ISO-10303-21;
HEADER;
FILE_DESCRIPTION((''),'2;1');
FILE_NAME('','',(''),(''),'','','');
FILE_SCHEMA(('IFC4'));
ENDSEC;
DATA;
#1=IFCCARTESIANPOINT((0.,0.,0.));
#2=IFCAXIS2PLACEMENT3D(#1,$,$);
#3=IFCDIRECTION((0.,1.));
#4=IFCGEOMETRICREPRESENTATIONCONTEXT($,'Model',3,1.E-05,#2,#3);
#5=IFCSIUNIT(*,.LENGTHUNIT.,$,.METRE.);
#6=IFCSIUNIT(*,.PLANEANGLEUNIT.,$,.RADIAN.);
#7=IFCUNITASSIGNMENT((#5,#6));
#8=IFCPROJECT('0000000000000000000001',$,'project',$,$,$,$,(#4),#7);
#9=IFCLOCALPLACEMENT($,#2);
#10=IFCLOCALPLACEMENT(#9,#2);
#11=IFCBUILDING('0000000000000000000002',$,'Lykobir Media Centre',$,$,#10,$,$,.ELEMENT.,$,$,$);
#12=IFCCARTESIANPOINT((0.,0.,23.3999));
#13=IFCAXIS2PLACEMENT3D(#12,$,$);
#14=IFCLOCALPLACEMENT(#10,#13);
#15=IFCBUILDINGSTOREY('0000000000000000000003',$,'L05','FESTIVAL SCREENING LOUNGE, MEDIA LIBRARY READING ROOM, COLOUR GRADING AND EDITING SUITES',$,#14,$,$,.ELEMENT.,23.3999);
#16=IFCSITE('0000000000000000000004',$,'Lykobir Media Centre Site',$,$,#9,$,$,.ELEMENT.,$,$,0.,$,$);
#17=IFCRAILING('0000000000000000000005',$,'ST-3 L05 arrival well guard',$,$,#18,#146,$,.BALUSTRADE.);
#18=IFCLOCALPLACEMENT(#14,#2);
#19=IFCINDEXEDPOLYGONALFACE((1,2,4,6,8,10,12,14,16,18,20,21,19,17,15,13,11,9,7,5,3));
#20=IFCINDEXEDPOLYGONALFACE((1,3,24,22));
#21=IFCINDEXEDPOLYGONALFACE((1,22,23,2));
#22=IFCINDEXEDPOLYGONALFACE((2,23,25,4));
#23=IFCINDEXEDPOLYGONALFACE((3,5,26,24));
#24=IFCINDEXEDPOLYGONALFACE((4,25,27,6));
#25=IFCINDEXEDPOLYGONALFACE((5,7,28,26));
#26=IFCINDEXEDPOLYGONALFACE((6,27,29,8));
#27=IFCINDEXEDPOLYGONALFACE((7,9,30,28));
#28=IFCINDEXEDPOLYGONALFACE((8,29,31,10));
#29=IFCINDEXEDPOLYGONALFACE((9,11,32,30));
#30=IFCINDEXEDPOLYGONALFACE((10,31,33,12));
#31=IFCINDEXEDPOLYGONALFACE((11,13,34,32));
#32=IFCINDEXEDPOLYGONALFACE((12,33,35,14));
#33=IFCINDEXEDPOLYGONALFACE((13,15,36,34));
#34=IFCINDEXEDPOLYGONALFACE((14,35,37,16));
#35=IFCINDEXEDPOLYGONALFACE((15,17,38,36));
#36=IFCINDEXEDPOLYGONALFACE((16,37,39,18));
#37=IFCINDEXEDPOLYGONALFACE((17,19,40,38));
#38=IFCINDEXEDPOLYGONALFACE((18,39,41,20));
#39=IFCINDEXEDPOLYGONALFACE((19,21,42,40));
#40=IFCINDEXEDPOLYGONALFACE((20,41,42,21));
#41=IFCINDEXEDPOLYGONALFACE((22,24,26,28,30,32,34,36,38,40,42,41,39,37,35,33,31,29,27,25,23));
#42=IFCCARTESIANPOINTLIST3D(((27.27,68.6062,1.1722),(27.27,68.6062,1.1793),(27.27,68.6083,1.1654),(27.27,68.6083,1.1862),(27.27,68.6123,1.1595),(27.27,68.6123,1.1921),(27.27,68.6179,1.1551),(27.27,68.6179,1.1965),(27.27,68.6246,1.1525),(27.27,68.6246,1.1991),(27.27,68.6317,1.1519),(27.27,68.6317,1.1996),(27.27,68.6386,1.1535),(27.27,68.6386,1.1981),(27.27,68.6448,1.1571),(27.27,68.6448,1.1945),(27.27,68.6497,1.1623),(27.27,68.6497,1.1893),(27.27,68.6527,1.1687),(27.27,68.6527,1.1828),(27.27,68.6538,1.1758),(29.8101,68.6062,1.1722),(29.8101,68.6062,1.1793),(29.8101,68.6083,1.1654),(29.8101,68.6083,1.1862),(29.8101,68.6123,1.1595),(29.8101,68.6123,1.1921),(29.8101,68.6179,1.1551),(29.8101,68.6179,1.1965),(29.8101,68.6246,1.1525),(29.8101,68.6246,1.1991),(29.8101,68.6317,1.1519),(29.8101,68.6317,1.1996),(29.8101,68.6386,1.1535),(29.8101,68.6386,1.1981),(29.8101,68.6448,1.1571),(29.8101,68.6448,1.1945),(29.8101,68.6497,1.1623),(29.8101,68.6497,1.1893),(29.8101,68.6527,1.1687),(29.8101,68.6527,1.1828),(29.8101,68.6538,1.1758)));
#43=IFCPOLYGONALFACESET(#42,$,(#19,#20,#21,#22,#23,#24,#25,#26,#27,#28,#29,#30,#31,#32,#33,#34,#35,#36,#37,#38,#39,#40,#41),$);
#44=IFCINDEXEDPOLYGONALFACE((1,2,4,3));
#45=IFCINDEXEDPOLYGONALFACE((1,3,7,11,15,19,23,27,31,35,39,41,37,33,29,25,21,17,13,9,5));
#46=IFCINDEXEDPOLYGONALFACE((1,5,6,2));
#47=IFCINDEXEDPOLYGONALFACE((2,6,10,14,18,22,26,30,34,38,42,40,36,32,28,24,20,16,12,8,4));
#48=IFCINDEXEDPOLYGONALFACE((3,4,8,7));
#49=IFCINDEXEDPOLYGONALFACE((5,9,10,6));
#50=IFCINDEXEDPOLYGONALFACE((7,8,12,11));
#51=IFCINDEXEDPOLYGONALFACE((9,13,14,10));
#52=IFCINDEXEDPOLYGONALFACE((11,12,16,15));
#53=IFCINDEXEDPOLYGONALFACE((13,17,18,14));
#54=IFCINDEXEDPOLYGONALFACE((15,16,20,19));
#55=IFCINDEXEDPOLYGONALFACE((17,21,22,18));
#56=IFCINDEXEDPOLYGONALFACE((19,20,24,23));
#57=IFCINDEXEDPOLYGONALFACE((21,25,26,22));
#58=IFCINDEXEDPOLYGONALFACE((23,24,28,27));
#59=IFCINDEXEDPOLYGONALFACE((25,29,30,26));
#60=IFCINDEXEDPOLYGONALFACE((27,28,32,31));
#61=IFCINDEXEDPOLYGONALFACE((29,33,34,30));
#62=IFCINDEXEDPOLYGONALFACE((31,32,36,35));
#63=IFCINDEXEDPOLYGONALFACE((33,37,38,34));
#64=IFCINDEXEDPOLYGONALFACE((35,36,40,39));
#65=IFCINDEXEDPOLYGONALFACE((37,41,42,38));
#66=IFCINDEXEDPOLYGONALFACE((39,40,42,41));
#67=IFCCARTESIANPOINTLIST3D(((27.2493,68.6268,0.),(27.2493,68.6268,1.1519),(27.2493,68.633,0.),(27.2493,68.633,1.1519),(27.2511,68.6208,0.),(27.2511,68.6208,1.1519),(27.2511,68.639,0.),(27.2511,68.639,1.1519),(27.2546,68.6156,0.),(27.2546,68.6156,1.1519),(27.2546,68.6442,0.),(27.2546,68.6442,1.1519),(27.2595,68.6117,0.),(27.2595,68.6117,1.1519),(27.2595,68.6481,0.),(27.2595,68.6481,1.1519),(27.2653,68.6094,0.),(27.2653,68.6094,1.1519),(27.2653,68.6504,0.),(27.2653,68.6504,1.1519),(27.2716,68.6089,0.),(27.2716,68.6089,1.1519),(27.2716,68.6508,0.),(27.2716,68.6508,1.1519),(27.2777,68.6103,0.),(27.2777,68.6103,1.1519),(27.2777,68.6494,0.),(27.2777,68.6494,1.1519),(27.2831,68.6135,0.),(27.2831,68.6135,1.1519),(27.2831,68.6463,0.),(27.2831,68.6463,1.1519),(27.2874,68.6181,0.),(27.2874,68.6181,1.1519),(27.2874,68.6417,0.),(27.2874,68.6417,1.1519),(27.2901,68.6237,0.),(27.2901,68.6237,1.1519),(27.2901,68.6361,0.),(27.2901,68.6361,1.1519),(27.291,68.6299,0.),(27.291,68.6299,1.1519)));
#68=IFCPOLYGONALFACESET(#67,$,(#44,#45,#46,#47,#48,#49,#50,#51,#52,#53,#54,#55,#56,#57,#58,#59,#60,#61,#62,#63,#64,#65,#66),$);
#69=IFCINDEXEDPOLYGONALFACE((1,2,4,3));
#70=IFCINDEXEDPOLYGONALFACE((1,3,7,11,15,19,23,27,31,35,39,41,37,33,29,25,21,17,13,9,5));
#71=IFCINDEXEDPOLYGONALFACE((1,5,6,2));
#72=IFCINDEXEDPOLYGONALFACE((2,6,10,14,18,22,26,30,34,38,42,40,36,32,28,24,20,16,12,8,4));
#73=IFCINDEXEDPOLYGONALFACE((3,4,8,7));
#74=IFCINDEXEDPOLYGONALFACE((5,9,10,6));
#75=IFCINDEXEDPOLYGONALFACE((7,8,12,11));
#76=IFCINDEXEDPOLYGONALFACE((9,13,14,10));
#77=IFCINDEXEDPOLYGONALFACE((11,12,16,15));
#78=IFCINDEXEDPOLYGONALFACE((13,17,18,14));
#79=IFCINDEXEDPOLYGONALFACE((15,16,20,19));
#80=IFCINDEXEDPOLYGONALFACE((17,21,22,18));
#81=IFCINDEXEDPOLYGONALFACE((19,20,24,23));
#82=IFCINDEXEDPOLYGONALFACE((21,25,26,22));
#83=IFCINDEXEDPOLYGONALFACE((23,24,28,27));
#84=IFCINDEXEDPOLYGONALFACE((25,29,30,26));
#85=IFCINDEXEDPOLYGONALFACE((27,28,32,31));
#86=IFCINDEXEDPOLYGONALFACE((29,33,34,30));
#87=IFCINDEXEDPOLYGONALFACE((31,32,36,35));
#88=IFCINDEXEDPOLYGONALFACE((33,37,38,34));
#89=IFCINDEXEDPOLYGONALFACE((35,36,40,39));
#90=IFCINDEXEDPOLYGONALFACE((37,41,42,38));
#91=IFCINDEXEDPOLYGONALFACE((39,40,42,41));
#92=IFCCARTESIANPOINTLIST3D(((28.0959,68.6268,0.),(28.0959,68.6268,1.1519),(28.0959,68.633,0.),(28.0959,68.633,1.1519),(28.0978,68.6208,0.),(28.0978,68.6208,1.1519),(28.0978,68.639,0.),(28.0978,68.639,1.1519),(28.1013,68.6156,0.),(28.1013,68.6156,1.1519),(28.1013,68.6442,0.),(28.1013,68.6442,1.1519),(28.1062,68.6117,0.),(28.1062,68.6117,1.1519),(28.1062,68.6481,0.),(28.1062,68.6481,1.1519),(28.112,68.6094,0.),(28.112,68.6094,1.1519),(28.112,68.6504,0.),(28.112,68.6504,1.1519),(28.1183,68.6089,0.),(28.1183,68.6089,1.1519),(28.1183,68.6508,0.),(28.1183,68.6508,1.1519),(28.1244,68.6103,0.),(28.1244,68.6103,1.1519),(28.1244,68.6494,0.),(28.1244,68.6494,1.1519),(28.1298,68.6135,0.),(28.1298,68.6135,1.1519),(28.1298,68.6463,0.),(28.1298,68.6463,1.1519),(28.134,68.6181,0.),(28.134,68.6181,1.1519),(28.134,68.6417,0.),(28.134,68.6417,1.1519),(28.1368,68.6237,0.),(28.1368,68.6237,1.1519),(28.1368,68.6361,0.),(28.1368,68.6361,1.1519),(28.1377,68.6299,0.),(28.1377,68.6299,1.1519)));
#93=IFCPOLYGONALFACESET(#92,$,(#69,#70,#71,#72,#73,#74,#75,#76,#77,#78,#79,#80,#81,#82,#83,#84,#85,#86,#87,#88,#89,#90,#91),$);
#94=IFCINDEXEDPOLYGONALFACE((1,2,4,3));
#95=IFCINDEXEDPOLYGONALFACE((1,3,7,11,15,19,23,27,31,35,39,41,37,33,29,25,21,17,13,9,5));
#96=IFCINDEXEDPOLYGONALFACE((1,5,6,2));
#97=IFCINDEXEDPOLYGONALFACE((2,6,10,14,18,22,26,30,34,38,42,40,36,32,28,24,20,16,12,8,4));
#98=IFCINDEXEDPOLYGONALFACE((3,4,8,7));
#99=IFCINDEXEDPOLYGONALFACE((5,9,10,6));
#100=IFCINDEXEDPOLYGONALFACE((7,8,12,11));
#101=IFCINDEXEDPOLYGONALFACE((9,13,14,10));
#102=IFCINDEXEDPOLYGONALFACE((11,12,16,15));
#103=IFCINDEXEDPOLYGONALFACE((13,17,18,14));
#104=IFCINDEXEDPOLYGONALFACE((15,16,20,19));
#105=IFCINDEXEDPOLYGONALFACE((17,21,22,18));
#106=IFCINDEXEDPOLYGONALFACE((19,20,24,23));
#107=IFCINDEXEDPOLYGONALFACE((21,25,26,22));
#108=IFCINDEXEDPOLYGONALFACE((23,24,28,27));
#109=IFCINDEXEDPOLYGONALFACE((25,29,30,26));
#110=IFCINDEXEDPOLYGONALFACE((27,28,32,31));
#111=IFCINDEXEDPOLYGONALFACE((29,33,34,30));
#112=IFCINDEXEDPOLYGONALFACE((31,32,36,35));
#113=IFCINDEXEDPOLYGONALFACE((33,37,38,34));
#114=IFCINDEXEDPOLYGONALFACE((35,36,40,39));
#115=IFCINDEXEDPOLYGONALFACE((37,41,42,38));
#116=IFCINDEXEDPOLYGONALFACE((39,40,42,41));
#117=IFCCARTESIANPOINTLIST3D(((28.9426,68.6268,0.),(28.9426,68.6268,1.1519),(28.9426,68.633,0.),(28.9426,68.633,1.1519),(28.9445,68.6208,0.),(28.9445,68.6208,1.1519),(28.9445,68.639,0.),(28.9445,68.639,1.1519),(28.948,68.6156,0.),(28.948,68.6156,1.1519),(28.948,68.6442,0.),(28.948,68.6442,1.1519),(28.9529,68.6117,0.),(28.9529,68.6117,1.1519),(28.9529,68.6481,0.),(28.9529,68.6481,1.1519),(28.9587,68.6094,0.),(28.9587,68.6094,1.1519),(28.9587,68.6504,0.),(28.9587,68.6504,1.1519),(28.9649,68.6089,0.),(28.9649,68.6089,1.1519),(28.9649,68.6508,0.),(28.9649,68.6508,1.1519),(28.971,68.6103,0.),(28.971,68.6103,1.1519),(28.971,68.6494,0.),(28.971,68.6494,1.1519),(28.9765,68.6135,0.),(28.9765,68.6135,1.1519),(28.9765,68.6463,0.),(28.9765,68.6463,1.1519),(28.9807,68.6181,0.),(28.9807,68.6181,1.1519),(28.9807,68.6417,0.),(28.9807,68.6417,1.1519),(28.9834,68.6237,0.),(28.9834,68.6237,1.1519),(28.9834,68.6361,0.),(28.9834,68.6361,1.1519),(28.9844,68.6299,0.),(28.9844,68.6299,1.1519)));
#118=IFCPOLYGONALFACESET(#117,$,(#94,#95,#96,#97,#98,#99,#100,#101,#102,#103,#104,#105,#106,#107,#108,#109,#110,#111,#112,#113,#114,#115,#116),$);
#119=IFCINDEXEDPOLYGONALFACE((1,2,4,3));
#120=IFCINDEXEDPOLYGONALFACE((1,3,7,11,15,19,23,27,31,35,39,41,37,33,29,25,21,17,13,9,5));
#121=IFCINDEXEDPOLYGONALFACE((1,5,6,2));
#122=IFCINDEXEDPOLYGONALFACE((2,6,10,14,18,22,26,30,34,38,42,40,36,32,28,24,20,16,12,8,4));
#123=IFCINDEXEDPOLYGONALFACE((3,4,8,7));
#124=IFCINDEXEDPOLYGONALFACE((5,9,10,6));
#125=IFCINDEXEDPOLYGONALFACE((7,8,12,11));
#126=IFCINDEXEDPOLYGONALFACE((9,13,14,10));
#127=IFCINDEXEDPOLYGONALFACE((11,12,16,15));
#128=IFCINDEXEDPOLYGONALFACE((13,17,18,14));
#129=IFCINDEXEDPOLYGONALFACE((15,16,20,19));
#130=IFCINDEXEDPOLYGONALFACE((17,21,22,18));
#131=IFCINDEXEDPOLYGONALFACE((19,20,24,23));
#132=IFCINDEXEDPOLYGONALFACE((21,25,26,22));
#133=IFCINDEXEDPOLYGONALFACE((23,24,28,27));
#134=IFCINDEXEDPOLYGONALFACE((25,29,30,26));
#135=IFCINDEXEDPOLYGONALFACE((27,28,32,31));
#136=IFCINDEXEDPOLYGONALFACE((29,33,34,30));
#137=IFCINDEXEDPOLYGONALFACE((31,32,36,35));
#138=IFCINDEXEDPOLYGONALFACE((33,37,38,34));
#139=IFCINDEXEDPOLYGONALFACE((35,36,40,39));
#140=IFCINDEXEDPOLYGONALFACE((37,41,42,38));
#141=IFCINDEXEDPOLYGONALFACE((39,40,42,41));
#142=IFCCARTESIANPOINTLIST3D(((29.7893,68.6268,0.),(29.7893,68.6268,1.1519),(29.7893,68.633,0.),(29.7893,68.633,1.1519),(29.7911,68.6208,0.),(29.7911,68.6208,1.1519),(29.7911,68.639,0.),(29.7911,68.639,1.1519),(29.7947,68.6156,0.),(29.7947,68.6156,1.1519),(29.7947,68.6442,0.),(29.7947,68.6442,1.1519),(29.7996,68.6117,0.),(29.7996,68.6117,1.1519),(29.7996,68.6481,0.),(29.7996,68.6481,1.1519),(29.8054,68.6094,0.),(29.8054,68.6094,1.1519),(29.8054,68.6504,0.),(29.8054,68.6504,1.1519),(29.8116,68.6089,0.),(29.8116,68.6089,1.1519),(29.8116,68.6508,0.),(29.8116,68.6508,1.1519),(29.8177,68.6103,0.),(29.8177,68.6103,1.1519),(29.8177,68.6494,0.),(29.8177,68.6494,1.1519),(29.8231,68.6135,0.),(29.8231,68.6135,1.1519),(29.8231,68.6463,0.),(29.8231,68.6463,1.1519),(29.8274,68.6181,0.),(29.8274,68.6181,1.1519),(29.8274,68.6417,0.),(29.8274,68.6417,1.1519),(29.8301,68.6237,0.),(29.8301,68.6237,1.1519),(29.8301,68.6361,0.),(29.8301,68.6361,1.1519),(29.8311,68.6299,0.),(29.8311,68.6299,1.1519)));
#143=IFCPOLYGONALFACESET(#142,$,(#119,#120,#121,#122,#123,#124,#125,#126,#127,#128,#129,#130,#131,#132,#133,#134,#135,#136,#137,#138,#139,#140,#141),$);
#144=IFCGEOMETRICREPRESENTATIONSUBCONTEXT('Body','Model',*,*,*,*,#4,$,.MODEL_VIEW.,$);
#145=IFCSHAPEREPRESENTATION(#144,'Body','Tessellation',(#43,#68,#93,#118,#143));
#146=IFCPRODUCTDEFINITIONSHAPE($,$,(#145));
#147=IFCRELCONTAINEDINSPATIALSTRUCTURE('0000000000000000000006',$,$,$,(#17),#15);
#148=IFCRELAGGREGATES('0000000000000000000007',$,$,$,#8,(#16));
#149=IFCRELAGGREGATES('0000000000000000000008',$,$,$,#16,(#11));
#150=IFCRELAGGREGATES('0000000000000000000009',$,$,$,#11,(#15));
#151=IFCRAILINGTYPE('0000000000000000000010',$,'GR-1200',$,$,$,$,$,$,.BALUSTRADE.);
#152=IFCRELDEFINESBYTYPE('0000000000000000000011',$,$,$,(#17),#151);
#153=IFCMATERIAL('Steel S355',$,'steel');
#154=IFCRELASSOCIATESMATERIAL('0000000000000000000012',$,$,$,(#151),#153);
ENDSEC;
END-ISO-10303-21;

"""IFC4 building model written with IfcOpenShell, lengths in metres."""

from ifc_helpers import new_model, si_unit, direction, frame, origin, origin_2d, place, context, subcontext, project, spatial, circle, extrude, material, type_object, element, save


model = new_model("IFC4")

# Units and contexts
model_context = context("Model", 3, precision=1e-05, world=origin(), true_north=direction((0.0, 1.0)))
body_context = subcontext(model_context, "Body", "Model", "MODEL_VIEW")
ifc_project = project(units=[si_unit("LENGTHUNIT", "METRE"), si_unit("PLANEANGLEUNIT", "RADIAN")], contexts=[model_context])

# Site, building, storey
site_placement = place(None, origin())
site = spatial("IfcSite", under=ifc_project, at=site_placement, Name="Lykobir Media Centre Site", CompositionType="ELEMENT", RefElevation=0.0)
building_placement = place(site_placement, origin())
building = spatial("IfcBuilding", under=site, at=building_placement, Name="Lykobir Media Centre", CompositionType="ELEMENT")
storey_placement = place(building_placement, frame((0.0, 0.0, 23.3999)))
storey = spatial("IfcBuildingStorey", under=building, at=storey_placement, Name="L05", Description="FESTIVAL SCREENING LOUNGE, MEDIA LIBRARY READING ROOM, COLOUR GRADING AND EDITING SUITES", CompositionType="ELEMENT", Elevation=23.3999)

# Shared definitions
ifc_material_1 = material(Name="Steel S355", Category="steel")

# Railing
railing_type = type_object("IfcRailingType", Name="GR-1200", PredefinedType="BALUSTRADE", material=ifc_material_1)
railing_placement = place(storey_placement, frame((27.27, 68.6299, 0.0)))
element("IfcRailing", 1, at=railing_placement, inside=storey, type_object=railing_type, Name="ST-3 L05 arrival well guard", PredefinedType="BALUSTRADE", context=body_context, shape_type="SweptSolid", body=[
    extrude(circle(Radius=0.0239, at=origin_2d()), frame((0.0, 0.0, 1.1758), z_axis=(1.0, 0.0, 0.0), x_axis=(0.0, 1.0, 0.0)), (0.0, 0.0, 1.0), 2.54),
    extrude(circle(Radius=0.021, at=origin_2d()), origin(), (0.0, 0.0, 1.0), 1.1519),
    extrude(circle(Radius=0.021, at=origin_2d()), frame((0.8467, 0.0, 0.0)), (0.0, 0.0, 1.0), 1.1519),
    extrude(circle(Radius=0.021, at=origin_2d()), frame((1.6934, 0.0, 0.0)), (0.0, 0.0, 1.0), 1.1519),
    extrude(circle(Radius=0.021, at=origin_2d()), frame((2.54, 0.0, 0.0)), (0.0, 0.0, 1.0), 1.1519),
])

save(model, "model.ifc")
